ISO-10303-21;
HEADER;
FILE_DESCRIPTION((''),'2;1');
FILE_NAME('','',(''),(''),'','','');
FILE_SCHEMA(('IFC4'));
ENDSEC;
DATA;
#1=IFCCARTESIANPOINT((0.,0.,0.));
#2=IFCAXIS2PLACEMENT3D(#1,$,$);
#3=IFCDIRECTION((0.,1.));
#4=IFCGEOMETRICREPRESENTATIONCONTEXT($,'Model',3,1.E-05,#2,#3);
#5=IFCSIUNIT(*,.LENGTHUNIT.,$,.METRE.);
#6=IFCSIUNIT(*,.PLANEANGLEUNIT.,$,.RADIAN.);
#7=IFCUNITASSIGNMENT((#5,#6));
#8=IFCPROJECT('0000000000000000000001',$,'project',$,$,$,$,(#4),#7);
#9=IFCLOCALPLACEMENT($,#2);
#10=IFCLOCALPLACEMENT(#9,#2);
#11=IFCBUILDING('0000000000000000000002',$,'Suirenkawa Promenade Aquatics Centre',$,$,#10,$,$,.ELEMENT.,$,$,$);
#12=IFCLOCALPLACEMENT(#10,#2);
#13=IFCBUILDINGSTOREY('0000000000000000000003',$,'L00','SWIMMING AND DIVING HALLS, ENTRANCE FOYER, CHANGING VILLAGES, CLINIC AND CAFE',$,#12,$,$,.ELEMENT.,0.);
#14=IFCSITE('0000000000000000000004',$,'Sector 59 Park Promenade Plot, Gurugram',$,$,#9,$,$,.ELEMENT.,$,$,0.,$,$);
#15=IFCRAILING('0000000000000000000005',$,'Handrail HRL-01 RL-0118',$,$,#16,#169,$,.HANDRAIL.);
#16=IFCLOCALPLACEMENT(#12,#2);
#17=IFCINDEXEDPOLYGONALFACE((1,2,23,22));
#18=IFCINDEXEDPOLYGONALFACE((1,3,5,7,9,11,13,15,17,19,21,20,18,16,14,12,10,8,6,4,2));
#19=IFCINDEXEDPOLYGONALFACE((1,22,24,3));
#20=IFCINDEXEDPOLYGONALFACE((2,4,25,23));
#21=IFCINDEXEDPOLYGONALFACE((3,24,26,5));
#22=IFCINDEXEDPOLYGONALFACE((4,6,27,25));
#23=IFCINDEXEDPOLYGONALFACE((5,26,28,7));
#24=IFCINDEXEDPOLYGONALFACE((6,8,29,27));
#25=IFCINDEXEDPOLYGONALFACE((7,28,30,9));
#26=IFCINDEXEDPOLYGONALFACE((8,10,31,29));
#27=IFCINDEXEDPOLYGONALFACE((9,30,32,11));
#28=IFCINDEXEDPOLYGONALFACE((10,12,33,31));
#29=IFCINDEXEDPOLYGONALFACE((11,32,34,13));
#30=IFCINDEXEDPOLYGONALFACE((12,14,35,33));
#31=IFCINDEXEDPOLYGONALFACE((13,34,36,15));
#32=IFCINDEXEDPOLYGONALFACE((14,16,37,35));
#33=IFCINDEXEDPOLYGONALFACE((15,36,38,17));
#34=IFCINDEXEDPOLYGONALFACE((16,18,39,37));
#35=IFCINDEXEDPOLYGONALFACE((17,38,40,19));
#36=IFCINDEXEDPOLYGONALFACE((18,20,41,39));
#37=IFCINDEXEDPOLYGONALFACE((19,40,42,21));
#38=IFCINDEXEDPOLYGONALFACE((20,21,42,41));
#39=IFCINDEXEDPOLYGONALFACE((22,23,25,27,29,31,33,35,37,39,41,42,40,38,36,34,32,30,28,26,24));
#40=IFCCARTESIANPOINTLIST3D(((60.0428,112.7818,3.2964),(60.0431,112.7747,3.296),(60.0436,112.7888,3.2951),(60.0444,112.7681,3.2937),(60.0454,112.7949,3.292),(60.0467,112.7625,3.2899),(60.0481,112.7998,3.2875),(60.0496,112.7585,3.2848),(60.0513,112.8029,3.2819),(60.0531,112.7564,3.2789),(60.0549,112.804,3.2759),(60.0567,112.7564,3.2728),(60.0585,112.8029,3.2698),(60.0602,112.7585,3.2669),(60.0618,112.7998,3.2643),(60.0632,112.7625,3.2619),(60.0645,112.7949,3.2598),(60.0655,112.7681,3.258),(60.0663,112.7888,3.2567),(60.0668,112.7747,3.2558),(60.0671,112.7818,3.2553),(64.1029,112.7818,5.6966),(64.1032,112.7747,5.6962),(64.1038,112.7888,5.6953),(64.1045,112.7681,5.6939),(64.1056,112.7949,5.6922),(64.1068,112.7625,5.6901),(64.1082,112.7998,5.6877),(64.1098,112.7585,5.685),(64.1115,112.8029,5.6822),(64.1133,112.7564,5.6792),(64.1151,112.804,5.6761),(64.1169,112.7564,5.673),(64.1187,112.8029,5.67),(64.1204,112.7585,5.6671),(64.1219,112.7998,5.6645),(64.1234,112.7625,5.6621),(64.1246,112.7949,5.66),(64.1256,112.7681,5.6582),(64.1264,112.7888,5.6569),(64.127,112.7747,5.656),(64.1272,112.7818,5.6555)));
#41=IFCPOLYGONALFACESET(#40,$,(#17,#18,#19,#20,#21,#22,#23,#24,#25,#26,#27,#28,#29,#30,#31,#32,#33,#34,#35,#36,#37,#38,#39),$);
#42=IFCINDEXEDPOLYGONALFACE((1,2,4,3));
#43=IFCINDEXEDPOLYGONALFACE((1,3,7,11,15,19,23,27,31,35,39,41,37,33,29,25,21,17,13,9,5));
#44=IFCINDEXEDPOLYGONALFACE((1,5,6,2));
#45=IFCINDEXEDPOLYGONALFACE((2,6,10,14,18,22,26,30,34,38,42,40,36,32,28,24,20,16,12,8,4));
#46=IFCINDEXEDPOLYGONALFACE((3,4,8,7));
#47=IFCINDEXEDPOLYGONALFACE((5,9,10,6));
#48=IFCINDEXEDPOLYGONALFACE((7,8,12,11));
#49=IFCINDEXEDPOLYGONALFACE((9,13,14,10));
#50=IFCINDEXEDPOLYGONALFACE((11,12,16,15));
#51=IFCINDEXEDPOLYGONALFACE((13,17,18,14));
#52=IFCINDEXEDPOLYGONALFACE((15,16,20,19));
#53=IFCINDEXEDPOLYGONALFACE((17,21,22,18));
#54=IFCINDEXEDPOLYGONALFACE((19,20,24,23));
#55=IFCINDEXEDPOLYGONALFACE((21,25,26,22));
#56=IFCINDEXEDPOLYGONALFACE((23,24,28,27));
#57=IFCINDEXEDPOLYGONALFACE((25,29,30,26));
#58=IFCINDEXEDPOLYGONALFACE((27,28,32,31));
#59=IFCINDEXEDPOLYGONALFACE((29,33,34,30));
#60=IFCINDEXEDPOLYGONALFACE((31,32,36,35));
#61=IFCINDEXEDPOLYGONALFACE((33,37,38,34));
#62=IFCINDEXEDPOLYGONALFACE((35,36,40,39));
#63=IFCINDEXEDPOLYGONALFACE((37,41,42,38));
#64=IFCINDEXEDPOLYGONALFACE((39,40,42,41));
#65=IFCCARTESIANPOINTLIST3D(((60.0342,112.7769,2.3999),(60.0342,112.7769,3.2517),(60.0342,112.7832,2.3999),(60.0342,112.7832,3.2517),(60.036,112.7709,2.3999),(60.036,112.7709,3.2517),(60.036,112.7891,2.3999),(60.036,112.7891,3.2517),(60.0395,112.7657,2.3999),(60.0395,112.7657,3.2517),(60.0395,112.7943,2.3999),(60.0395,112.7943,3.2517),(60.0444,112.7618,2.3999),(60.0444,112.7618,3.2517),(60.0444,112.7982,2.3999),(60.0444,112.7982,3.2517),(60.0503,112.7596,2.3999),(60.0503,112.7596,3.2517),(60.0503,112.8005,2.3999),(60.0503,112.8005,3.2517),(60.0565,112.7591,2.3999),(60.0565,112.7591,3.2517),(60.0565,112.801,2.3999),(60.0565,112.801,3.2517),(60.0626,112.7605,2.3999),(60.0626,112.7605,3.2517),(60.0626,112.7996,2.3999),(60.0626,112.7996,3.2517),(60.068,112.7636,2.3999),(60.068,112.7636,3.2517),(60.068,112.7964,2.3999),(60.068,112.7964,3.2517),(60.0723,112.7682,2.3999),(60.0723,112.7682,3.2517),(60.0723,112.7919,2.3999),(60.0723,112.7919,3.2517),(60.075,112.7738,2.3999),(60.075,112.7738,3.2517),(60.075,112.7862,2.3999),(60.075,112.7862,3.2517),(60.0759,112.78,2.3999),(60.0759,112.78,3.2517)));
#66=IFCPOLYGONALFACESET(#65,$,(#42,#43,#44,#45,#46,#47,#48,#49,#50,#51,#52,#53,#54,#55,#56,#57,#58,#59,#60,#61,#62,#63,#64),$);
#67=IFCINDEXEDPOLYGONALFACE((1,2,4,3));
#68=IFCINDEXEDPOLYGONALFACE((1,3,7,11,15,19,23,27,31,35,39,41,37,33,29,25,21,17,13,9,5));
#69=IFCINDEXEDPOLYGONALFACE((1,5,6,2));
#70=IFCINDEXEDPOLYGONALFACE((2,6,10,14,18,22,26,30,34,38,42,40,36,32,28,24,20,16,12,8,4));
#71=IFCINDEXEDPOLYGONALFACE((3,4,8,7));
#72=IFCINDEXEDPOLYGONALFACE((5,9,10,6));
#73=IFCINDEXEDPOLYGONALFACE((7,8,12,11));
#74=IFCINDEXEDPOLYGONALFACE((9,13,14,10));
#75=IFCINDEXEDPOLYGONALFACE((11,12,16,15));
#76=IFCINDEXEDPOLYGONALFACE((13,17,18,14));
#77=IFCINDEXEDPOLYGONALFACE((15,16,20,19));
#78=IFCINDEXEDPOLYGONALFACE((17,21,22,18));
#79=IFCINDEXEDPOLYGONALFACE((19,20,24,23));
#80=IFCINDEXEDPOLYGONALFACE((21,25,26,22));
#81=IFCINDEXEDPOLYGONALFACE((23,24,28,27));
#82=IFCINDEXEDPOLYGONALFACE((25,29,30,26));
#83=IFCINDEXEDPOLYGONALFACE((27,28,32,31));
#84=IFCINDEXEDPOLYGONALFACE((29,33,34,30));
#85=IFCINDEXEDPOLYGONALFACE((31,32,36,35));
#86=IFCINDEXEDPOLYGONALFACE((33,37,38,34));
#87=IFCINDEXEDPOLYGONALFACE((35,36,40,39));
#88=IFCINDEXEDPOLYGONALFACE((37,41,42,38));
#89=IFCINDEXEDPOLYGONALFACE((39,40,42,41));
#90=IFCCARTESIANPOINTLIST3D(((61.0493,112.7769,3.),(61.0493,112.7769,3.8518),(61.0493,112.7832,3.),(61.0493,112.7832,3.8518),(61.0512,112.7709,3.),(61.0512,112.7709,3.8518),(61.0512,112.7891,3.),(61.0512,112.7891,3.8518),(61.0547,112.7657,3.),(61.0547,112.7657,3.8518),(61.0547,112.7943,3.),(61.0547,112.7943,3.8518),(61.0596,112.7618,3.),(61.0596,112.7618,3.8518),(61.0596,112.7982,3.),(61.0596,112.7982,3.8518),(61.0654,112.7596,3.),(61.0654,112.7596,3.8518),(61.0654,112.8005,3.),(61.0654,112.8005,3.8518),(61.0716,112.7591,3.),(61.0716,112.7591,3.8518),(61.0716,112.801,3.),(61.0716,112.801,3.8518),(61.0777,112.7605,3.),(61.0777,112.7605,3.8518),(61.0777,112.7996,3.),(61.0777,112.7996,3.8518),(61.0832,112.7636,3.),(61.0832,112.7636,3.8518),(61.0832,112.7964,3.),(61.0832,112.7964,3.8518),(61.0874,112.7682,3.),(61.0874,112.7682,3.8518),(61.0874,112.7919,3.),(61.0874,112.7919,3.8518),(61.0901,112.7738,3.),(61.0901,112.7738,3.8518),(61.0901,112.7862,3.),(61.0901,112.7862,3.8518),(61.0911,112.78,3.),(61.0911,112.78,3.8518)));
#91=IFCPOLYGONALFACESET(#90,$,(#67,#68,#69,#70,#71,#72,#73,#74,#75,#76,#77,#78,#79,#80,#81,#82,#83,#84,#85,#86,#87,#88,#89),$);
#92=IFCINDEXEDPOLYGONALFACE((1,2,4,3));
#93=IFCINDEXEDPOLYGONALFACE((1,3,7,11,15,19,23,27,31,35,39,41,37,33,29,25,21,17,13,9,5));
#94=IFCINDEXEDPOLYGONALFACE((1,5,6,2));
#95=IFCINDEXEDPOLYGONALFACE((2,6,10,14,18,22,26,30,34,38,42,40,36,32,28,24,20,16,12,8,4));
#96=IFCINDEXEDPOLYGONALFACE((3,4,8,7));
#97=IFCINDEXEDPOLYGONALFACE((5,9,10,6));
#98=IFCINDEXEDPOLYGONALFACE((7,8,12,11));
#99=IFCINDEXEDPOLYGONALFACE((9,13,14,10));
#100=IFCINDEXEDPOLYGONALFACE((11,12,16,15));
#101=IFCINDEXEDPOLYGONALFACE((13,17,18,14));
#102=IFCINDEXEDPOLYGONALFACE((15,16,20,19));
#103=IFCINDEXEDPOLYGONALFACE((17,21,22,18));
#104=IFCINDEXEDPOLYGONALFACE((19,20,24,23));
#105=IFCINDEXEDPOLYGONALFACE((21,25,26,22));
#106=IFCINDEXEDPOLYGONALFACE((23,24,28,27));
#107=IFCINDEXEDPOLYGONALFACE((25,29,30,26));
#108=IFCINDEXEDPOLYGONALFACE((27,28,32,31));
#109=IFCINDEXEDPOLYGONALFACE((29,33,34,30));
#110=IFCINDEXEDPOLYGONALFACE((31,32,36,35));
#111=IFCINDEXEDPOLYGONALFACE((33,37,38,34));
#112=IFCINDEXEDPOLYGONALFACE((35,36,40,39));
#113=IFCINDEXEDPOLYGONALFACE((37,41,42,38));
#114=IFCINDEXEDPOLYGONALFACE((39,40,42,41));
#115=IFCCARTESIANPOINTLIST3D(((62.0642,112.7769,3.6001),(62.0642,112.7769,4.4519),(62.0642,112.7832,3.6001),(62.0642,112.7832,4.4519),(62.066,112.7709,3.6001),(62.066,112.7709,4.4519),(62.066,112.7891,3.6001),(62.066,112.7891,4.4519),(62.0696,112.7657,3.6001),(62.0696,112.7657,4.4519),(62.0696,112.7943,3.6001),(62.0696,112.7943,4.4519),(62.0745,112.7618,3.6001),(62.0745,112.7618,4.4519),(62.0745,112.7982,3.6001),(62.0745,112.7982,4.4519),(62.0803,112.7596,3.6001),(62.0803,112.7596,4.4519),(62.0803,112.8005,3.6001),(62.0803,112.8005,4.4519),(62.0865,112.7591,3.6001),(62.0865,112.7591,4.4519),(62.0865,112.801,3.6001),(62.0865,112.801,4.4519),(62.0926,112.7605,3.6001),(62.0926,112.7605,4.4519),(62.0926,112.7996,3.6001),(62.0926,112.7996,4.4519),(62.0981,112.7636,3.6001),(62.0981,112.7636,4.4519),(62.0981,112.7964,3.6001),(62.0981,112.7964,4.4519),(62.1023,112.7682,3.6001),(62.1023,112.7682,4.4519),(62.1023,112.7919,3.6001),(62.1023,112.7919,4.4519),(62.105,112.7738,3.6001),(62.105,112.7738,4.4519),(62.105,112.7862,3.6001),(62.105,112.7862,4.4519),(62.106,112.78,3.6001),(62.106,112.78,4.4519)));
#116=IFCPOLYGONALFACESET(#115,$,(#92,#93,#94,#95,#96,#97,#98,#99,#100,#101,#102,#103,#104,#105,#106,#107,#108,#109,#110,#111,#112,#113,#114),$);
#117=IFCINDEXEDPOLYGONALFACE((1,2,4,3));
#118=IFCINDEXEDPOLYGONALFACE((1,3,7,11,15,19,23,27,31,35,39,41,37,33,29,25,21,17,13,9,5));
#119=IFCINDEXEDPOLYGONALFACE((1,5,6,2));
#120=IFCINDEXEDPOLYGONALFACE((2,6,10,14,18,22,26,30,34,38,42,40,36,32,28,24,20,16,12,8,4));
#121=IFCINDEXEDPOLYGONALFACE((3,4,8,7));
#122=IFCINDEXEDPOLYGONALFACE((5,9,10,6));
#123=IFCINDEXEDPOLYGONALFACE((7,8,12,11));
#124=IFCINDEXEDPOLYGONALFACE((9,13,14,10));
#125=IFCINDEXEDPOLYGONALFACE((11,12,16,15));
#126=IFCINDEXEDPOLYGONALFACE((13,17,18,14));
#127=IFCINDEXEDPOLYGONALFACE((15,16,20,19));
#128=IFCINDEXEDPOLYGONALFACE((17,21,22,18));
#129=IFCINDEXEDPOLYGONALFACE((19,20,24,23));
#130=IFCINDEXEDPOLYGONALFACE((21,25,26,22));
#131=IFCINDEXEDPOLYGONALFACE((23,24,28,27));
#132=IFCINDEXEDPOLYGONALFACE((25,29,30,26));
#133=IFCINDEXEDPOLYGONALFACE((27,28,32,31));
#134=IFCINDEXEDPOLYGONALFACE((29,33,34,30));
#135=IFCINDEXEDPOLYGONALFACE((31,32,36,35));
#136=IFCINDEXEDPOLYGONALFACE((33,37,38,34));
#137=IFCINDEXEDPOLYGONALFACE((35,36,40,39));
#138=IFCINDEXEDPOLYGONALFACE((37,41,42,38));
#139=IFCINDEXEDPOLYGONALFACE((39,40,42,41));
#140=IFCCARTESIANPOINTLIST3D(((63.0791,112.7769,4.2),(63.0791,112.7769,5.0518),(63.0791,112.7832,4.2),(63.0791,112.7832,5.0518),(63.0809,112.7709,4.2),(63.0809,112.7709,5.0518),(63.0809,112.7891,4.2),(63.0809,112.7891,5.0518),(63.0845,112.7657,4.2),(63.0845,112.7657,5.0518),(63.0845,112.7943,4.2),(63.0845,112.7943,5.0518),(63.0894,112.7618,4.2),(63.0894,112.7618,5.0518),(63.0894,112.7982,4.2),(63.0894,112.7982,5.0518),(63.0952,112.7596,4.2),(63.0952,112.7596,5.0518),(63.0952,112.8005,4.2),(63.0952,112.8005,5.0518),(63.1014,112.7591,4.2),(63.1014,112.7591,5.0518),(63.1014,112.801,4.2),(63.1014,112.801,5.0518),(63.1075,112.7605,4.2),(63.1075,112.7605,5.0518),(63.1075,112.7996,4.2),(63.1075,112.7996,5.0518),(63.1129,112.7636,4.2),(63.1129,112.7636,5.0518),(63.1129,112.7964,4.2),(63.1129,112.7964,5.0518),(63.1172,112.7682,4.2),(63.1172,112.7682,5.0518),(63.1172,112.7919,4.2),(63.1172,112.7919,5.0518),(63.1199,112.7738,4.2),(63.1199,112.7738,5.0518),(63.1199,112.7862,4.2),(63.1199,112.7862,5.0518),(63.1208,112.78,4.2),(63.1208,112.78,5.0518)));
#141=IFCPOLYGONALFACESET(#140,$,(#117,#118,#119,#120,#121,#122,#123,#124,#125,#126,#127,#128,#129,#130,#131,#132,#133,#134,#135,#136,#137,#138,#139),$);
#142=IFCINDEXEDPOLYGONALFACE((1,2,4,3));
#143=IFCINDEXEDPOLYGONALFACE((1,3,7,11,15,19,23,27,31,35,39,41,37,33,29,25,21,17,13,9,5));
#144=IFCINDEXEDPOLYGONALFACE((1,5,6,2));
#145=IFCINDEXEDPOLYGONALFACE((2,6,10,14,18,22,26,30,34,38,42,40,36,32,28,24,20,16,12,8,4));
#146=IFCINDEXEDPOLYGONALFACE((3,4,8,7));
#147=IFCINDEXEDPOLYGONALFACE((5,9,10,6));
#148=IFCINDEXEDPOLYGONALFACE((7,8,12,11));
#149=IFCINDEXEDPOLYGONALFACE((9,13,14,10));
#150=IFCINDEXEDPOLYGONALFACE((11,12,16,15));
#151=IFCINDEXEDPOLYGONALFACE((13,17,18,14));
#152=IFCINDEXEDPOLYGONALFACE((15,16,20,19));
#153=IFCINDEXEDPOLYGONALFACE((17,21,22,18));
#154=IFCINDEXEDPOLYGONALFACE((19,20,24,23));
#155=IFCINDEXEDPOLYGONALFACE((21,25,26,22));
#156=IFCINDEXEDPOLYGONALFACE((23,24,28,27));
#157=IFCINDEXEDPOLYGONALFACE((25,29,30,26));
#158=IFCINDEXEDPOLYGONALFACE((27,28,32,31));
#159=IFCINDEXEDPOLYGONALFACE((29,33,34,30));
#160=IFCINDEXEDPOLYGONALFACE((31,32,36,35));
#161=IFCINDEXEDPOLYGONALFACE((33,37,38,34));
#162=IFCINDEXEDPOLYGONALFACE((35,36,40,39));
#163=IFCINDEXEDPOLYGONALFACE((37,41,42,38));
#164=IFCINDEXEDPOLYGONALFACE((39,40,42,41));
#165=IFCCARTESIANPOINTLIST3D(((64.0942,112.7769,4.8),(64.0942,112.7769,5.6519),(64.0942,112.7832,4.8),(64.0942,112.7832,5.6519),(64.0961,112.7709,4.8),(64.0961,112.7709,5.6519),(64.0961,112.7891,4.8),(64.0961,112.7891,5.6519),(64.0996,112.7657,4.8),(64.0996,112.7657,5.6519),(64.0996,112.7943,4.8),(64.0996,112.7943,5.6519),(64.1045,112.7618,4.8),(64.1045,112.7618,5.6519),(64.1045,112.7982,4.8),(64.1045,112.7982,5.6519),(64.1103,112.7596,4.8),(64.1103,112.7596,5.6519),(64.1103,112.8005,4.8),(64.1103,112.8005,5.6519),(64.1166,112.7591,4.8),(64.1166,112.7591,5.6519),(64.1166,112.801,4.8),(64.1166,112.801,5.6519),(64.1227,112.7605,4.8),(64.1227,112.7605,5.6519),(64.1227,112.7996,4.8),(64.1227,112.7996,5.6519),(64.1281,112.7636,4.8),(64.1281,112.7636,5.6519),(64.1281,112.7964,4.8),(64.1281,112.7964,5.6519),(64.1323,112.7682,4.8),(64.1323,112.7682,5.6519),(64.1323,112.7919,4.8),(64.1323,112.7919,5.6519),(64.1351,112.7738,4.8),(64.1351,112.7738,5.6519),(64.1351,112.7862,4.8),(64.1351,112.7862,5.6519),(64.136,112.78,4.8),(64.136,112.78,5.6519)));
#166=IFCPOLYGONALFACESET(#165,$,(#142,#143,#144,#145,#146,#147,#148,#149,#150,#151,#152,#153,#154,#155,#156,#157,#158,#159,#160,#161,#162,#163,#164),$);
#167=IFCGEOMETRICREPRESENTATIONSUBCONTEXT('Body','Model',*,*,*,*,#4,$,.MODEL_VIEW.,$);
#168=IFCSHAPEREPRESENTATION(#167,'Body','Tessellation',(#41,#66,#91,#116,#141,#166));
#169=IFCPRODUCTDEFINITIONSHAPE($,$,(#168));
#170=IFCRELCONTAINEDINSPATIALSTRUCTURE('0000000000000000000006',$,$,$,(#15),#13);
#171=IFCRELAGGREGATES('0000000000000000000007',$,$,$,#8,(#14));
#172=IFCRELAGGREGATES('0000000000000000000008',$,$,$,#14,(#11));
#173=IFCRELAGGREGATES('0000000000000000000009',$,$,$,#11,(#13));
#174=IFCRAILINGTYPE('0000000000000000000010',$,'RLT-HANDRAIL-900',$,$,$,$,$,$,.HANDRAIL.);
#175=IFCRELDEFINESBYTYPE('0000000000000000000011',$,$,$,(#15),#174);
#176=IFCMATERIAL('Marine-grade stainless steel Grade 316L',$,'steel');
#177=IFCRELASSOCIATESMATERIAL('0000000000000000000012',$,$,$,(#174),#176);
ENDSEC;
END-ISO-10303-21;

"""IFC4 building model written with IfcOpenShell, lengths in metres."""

from ifc_helpers import new_model, si_unit, direction, frame, origin, origin_2d, place, context, subcontext, project, spatial, circle, extrude, material, type_object, element, save


model = new_model("IFC4")

# Units and contexts
model_context = context("Model", 3, precision=1e-05, world=origin(), true_north=direction((0.0, 1.0)))
body_context = subcontext(model_context, "Body", "Model", "MODEL_VIEW")
ifc_project = project(units=[si_unit("LENGTHUNIT", "METRE"), si_unit("PLANEANGLEUNIT", "RADIAN")], contexts=[model_context])

# Site, building, storey
site_placement = place(None, origin())
site = spatial("IfcSite", under=ifc_project, at=site_placement, Name="Sector 59 Park Promenade Plot, Gurugram", CompositionType="ELEMENT", RefElevation=0.0)
building_placement = place(site_placement, origin())
building = spatial("IfcBuilding", under=site, at=building_placement, Name="Suirenkawa Promenade Aquatics Centre", CompositionType="ELEMENT")
storey_placement = place(building_placement, origin())
storey = spatial("IfcBuildingStorey", under=building, at=storey_placement, Name="L00", Description="SWIMMING AND DIVING HALLS, ENTRANCE FOYER, CHANGING VILLAGES, CLINIC AND CAFE", CompositionType="ELEMENT", Elevation=0.0)

# Shared definitions
ifc_material_1 = material(Name="Marine-grade stainless steel Grade 316L", Category="steel")

# Railing
railing_type_1 = type_object("IfcRailingType", Name="RLT-HANDRAIL-900", PredefinedType="HANDRAIL", material=ifc_material_1)
for number, where, name in (
    (1, (60.0549, 112.78, 2.3999), "Handrail HRL-01 RL-0118"),
):
    element("IfcRailing", number, at=place(storey_placement, frame(where)), inside=storey, type_object=railing_type_1, Name=name, PredefinedType="HANDRAIL", context=body_context, shape_type="SweptSolid", body=[
        extrude(circle(Radius=0.0239, at=origin_2d()), frame((0.0, 0.0, 0.876), z_axis=(0.860832, 0.0, 0.50889), x_axis=(0.0, 1.0, 0.0)), (0.0, 0.0, 1.0), 4.7166),
        extrude(circle(Radius=0.021, at=origin_2d()), origin(), (0.0, 0.0, 1.0), 0.8518),
        extrude(circle(Radius=0.021, at=origin_2d()), frame((1.0151, 0.0, 0.6001)), (0.0, 0.0, 1.0), 0.8518),
        extrude(circle(Radius=0.021, at=origin_2d()), frame((2.03, 0.0, 1.2002)), (0.0, 0.0, 1.0), 0.8518),
        extrude(circle(Radius=0.021, at=origin_2d()), frame((3.0449, 0.0, 1.8)), (0.0, 0.0, 1.0), 0.8518),
        extrude(circle(Radius=0.021, at=origin_2d()), frame((4.0601, 0.0, 2.4001)), (0.0, 0.0, 1.0), 0.8518),
    ])

save(model, "model.ifc")
